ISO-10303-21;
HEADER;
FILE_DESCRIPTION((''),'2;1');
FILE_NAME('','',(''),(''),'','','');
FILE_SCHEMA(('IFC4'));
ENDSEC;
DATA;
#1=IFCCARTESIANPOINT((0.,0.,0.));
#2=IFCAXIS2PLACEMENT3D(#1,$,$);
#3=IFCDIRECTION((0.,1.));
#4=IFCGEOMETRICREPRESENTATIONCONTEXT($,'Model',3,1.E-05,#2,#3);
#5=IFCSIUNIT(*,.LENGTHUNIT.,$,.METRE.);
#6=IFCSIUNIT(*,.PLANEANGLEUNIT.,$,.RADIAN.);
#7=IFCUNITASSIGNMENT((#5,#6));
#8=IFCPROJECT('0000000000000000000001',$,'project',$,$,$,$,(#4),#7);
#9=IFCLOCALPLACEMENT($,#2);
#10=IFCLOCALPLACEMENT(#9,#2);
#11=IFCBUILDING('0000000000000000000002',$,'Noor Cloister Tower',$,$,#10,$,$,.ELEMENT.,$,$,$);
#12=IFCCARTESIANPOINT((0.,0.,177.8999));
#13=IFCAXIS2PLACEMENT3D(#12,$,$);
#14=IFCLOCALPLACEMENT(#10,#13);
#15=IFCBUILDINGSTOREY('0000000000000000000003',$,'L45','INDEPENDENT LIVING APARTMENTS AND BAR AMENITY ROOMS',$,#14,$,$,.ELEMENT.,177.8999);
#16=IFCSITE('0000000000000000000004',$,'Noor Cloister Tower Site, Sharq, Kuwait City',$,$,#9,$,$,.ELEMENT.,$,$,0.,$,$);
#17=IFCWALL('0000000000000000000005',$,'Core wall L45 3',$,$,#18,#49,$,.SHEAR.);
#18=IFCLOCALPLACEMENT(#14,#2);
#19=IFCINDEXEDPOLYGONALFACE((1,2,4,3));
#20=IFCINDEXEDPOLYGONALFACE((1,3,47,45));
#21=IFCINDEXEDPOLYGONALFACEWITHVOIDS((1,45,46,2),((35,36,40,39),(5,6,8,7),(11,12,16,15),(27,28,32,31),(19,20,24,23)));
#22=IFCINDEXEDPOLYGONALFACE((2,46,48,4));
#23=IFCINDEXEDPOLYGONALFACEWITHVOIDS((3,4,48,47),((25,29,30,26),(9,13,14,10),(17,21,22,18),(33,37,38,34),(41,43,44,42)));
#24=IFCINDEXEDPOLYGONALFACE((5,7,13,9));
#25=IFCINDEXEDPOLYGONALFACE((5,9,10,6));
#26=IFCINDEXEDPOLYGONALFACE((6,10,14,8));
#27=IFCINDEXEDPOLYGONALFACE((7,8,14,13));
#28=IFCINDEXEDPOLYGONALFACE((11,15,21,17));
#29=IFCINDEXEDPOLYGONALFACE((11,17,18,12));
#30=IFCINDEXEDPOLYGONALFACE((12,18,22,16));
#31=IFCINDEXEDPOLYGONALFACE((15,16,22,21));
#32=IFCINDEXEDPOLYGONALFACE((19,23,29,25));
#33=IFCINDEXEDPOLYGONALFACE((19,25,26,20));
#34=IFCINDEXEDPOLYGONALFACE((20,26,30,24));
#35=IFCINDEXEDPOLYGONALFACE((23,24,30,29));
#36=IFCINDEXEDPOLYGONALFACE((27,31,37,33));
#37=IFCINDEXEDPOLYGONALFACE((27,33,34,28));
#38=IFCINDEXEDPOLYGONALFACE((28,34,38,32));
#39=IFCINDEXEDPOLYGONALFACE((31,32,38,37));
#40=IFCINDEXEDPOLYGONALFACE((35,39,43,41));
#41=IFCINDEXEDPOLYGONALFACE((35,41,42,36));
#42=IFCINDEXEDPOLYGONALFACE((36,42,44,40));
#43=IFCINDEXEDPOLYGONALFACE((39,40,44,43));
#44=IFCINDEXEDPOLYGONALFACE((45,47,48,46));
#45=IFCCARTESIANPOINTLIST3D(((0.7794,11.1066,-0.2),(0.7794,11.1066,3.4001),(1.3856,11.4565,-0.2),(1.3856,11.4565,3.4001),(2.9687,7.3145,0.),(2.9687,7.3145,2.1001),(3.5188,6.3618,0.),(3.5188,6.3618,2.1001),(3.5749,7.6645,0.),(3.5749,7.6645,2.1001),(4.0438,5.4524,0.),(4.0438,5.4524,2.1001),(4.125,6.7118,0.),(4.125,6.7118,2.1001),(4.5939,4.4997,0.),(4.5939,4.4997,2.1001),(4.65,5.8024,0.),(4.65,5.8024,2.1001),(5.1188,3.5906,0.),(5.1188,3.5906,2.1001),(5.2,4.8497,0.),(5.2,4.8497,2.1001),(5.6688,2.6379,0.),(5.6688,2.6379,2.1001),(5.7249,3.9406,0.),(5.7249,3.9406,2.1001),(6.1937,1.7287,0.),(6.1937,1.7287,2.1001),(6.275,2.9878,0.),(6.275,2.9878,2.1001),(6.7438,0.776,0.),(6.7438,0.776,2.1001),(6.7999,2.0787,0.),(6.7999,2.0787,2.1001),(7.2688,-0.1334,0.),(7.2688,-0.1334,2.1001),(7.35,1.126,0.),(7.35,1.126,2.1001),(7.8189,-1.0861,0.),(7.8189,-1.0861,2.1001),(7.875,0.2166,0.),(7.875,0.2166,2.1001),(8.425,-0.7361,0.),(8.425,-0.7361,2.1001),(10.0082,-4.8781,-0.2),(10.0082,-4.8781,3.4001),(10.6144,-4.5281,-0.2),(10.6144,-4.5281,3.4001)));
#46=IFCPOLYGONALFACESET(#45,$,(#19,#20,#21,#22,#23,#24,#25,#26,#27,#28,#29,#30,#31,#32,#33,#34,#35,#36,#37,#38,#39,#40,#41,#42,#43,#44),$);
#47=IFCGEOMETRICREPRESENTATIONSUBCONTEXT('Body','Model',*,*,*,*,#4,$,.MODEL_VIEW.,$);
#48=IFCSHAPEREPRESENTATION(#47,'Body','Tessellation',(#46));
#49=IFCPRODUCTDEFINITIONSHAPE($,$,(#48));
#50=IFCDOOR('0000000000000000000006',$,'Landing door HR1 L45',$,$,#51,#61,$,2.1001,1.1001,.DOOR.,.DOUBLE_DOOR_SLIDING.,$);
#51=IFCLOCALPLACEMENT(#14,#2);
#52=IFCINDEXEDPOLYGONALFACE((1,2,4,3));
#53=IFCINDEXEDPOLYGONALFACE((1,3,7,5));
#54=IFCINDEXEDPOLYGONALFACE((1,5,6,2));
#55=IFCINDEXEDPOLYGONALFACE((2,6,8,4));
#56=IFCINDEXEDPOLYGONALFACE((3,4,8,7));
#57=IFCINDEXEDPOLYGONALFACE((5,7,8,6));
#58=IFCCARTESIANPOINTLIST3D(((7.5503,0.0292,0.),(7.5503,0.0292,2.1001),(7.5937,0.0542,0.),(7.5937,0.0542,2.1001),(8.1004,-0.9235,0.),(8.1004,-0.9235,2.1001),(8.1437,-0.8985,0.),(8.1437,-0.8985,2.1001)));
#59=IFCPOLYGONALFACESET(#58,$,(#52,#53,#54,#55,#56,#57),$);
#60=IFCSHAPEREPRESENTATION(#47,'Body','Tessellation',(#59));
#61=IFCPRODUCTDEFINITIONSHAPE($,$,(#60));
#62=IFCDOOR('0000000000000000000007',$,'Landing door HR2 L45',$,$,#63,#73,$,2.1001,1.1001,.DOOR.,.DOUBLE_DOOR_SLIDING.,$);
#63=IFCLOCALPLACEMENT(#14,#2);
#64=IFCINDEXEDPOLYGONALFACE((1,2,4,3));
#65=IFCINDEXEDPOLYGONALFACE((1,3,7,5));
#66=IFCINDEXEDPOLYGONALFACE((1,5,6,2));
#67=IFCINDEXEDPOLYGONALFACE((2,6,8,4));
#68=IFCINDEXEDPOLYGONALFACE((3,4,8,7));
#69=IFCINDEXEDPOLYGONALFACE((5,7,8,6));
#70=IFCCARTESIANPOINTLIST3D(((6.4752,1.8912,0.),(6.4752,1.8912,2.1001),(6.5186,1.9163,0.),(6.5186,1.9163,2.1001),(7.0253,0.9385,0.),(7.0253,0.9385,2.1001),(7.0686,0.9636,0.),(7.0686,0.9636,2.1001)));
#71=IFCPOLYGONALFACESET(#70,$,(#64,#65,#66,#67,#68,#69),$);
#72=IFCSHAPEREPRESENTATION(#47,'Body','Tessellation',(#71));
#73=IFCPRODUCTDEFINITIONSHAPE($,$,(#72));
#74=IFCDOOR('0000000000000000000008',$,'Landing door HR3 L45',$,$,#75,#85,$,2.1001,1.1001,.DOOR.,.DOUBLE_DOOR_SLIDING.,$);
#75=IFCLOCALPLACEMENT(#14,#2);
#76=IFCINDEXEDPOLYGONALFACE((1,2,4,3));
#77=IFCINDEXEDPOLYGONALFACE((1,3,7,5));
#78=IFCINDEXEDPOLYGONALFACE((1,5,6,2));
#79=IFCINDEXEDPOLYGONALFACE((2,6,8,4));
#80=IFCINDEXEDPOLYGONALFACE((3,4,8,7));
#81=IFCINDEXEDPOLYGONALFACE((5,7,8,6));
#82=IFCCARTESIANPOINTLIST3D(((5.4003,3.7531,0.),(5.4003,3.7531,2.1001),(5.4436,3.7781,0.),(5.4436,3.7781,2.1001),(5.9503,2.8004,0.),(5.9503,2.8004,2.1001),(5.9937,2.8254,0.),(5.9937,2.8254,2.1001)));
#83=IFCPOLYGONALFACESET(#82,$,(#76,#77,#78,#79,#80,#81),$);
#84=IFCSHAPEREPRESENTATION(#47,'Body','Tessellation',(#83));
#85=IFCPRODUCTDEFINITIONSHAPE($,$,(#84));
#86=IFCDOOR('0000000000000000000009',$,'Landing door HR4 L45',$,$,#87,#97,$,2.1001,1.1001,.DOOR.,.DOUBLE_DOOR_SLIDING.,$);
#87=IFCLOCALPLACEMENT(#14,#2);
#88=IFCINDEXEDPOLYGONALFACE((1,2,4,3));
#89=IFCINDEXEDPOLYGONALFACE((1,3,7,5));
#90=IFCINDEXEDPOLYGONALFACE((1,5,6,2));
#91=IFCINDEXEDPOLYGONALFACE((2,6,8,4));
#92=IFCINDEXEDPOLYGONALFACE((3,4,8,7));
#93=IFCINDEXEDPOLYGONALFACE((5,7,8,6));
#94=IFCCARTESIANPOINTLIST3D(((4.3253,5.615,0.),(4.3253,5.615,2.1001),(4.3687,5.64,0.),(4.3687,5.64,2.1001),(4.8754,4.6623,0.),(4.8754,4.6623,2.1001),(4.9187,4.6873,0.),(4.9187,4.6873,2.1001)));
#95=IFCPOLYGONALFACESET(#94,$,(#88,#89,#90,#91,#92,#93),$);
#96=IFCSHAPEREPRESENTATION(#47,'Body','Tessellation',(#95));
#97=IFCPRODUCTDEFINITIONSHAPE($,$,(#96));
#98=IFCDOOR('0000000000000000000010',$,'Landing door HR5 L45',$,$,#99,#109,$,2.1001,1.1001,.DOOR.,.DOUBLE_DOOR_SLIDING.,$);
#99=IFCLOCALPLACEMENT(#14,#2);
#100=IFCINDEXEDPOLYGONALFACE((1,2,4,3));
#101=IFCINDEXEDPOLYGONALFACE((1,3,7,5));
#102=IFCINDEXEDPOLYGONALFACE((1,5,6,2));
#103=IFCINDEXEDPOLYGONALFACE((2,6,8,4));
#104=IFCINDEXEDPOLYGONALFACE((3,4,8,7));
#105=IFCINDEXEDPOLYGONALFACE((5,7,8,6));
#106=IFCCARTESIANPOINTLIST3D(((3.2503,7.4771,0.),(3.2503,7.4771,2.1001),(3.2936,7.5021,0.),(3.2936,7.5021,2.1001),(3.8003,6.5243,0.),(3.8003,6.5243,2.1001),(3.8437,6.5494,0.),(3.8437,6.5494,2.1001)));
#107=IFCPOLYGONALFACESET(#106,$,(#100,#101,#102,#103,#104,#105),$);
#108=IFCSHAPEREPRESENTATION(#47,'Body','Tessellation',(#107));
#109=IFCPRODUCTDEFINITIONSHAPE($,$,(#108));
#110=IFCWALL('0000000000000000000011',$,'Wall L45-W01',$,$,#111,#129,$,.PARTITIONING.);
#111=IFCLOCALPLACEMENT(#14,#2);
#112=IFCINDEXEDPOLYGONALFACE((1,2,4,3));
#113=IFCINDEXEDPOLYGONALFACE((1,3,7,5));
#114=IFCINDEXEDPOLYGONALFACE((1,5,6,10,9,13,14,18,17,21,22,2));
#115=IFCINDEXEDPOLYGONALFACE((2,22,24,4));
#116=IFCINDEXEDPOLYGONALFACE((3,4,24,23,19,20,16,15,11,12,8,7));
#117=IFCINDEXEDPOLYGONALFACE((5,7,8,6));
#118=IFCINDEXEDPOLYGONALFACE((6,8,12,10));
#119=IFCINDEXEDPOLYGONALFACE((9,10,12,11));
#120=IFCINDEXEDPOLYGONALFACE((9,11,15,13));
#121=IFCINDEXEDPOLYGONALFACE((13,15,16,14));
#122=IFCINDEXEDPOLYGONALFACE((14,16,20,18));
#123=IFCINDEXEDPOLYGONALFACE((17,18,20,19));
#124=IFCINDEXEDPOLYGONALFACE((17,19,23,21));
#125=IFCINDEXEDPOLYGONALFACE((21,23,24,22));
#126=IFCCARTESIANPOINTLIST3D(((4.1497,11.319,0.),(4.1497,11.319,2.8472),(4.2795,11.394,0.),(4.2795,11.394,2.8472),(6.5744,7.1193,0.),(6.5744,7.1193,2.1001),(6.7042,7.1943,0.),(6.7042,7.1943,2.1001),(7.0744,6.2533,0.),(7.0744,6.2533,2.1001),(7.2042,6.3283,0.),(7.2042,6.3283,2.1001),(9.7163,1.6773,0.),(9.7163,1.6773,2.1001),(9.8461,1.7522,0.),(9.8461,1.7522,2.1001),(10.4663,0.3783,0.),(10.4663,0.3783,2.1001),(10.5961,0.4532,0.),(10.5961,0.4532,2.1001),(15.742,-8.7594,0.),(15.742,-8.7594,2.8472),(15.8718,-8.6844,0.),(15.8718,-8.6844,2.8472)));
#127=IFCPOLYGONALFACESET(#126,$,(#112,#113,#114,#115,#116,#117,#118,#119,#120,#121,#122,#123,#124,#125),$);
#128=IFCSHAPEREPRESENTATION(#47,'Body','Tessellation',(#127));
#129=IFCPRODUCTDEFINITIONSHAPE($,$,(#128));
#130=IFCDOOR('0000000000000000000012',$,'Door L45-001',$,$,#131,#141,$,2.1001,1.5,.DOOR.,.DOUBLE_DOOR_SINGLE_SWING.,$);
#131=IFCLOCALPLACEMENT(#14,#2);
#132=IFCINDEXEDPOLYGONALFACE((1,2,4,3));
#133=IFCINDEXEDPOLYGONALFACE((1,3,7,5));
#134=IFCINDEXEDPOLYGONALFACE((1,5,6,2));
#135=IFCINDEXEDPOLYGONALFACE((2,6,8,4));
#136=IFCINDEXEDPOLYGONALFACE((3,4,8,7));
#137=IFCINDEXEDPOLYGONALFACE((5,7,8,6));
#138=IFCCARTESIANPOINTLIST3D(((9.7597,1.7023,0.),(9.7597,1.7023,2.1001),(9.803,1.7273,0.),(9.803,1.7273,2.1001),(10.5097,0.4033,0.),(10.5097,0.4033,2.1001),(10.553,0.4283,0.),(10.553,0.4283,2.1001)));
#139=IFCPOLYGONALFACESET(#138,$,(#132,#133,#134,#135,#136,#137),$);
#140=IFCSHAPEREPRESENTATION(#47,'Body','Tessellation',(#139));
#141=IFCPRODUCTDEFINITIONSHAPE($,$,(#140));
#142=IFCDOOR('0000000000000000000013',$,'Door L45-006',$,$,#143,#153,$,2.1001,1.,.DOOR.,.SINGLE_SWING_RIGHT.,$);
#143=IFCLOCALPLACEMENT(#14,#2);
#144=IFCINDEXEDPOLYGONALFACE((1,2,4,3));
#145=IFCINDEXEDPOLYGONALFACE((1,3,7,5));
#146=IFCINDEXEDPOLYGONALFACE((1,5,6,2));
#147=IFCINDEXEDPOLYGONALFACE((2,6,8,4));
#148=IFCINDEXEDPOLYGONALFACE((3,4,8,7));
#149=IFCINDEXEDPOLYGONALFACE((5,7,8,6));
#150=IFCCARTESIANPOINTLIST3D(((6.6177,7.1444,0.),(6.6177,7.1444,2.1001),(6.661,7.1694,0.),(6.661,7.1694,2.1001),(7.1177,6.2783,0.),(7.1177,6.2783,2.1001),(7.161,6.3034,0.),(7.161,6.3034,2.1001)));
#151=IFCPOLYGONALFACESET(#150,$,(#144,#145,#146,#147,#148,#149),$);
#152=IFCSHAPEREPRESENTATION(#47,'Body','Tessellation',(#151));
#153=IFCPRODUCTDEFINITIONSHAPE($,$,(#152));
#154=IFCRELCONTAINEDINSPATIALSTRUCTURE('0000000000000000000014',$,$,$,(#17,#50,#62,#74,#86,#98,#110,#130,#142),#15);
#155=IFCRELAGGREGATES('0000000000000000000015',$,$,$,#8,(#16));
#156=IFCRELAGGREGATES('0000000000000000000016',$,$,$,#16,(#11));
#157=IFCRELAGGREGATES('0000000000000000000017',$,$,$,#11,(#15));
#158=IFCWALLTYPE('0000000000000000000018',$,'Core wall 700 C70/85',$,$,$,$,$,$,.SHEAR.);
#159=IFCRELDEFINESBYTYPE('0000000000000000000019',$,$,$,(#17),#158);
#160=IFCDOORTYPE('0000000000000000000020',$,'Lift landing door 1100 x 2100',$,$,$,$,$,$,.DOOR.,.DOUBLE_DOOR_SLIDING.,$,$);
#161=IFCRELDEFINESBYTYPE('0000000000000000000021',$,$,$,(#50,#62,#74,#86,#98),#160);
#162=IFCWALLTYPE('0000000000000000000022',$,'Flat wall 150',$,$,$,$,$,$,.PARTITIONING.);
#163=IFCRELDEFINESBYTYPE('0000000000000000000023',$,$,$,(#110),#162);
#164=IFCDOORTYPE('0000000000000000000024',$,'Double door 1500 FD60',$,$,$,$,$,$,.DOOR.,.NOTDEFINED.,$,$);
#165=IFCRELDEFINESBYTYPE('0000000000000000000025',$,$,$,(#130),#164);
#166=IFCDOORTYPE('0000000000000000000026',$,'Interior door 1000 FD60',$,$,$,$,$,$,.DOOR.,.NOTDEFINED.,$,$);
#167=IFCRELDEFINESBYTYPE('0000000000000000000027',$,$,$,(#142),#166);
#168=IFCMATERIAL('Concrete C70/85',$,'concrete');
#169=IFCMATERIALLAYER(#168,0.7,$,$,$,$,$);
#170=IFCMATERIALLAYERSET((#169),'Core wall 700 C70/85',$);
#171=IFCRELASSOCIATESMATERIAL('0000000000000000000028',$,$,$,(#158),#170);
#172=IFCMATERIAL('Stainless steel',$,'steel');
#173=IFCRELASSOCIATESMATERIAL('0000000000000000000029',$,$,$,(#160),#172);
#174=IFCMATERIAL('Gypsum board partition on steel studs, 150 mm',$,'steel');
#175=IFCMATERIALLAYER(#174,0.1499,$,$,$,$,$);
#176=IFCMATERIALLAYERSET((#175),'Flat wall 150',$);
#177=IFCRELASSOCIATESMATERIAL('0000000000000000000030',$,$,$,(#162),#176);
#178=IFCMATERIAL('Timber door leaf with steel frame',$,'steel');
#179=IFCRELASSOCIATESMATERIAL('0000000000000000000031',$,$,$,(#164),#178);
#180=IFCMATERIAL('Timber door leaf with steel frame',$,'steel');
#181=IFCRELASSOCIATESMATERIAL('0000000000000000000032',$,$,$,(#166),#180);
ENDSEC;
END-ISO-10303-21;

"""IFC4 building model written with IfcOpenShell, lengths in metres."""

from ifc_helpers import new_model, si_unit, direction, frame, frame_2d, origin, place, context, subcontext, project, spatial, rectangle, extrude, material, layer, layer_set, type_object, element, fill, save


model = new_model("IFC4")

# Units and contexts
model_context = context("Model", 3, precision=1e-05, world=origin(), true_north=direction((0.0, 1.0)))
body_context = subcontext(model_context, "Body", "Model", "MODEL_VIEW")
ifc_project = project(units=[si_unit("LENGTHUNIT", "METRE"), si_unit("PLANEANGLEUNIT", "RADIAN")], contexts=[model_context])

# Site, building, storey
site_placement = place(None, origin())
site = spatial("IfcSite", under=ifc_project, at=site_placement, Name="Noor Cloister Tower Site, Sharq, Kuwait City", CompositionType="ELEMENT", RefElevation=0.0)
building_placement = place(site_placement, origin())
building = spatial("IfcBuilding", under=site, at=building_placement, Name="Noor Cloister Tower", CompositionType="ELEMENT")
storey_placement = place(building_placement, frame((0.0, 0.0, 177.8999)))
storey = spatial("IfcBuildingStorey", under=building, at=storey_placement, Name="L45", Description="INDEPENDENT LIVING APARTMENTS AND BAR AMENITY ROOMS", CompositionType="ELEMENT", Elevation=177.8999)

# Shared definitions
ifc_material_1 = material(Name="Concrete C70/85", Category="concrete")
ifc_layer_1 = layer(ifc_material_1, 0.7)
ifc_layer_set_1 = layer_set([ifc_layer_1], Name="Core wall 700 C70/85")
wall_type_1 = type_object("IfcWallType", Name="Core wall 700 C70/85", PredefinedType="SHEAR", material=ifc_layer_set_1)

# Walls, openings, doors
wall_1_placement = place(storey_placement, frame((10.3113, -4.7031, -0.2), z_axis=(0.0, 0.0, 1.0), x_axis=(-0.500001, 0.866025, 0.0)))
wall_1 = element("IfcWall", 1, at=wall_1_placement, inside=storey, type_object=wall_type_1, Name="Core wall L45 3", PredefinedType="SHEAR", context=body_context, shape_type="SweptSolid", body=[
    extrude(rectangle(XDim=18.4575, YDim=0.7, at=frame_2d((9.2288, 0.0))), origin(), (0.0, 0.0, 1.0), 3.6001),
])
opening_1_placement = place(wall_1_placement, frame((4.3787, 0.0, 0.2)))
opening_1 = element("IfcOpeningElement", 2, at=opening_1_placement, cuts=wall_1, PredefinedType="OPENING", context=body_context, shape_type="SweptSolid", body=[
    extrude(rectangle(XDim=1.1001, YDim=2.1001, at=frame_2d((0.55, 1.05))), frame((0.0, 0.3599, 0.0), z_axis=(0.0, -1.0, 0.0), x_axis=(1.0, 0.0, 0.0)), (0.0, 0.0, 1.0), 0.72),
])
opening_2_placement = place(wall_1_placement, frame((6.5288, 0.0, 0.2)))
opening_2 = element("IfcOpeningElement", 3, at=opening_2_placement, cuts=wall_1, PredefinedType="OPENING", context=body_context, shape_type="SweptSolid", body=[
    extrude(rectangle(XDim=1.1001, YDim=2.1001, at=frame_2d((0.55, 1.05))), frame((0.0, 0.3599, 0.0), z_axis=(0.0, -1.0, 0.0), x_axis=(1.0, 0.0, 0.0)), (0.0, 0.0, 1.0), 0.72),
])
opening_3_placement = place(wall_1_placement, frame((8.6787, 0.0, 0.2)))
opening_3 = element("IfcOpeningElement", 4, at=opening_3_placement, cuts=wall_1, PredefinedType="OPENING", context=body_context, shape_type="SweptSolid", body=[
    extrude(rectangle(XDim=1.1001, YDim=2.1001, at=frame_2d((0.55, 1.05))), frame((0.0, 0.3599, 0.0), z_axis=(0.0, -1.0, 0.0), x_axis=(1.0, 0.0, 0.0)), (0.0, 0.0, 1.0), 0.72),
])
opening_4_placement = place(wall_1_placement, frame((10.8286, 0.0, 0.2)))
opening_4 = element("IfcOpeningElement", 5, at=opening_4_placement, cuts=wall_1, PredefinedType="OPENING", context=body_context, shape_type="SweptSolid", body=[
    extrude(rectangle(XDim=1.1001, YDim=2.1001, at=frame_2d((0.55, 1.05))), frame((0.0, 0.3599, 0.0), z_axis=(0.0, -1.0, 0.0), x_axis=(1.0, 0.0, 0.0)), (0.0, 0.0, 1.0), 0.72),
])
opening_5_placement = place(wall_1_placement, frame((12.9788, 0.0, 0.2)))
opening_5 = element("IfcOpeningElement", 6, at=opening_5_placement, cuts=wall_1, PredefinedType="OPENING", context=body_context, shape_type="SweptSolid", body=[
    extrude(rectangle(XDim=1.1001, YDim=2.1001, at=frame_2d((0.55, 1.05))), frame((0.0, 0.3599, 0.0), z_axis=(0.0, -1.0, 0.0), x_axis=(1.0, 0.0, 0.0)), (0.0, 0.0, 1.0), 0.72),
])
ifc_material_2 = material(Name="Stainless steel", Category="steel")
door_type_1 = type_object("IfcDoorType", Name="Lift landing door 1100 x 2100", OperationType="DOUBLE_DOOR_SLIDING", PredefinedType="DOOR", material=ifc_material_2)
door_1_placement = place(opening_1_placement, origin())
door_1 = element("IfcDoor", 7, at=door_1_placement, inside=storey, type_object=door_type_1, Name="Landing door HR1 L45", OperationType="DOUBLE_DOOR_SLIDING", OverallHeight=2.1001, OverallWidth=1.1001, PredefinedType="DOOR", context=body_context, shape_type="SweptSolid", body=[
    extrude(rectangle(XDim=1.1001, YDim=2.1001, at=frame_2d((0.55, 1.05))), frame((0.0, 0.0249, 0.0), z_axis=(0.0, -1.0, 0.0), x_axis=(1.0, 0.0, 0.0)), (0.0, 0.0, 1.0), 0.05),
])
fill(opening_1, door_1)
door_2_placement = place(opening_2_placement, origin())
door_2 = element("IfcDoor", 8, at=door_2_placement, inside=storey, type_object=door_type_1, Name="Landing door HR2 L45", OperationType="DOUBLE_DOOR_SLIDING", OverallHeight=2.1001, OverallWidth=1.1001, PredefinedType="DOOR", context=body_context, shape_type="SweptSolid", body=[
    extrude(rectangle(XDim=1.1001, YDim=2.1001, at=frame_2d((0.55, 1.05))), frame((0.0, 0.0249, 0.0), z_axis=(0.0, -1.0, 0.0), x_axis=(1.0, 0.0, 0.0)), (0.0, 0.0, 1.0), 0.05),
])
fill(opening_2, door_2)
door_3_placement = place(opening_3_placement, origin())
door_3 = element("IfcDoor", 9, at=door_3_placement, inside=storey, type_object=door_type_1, Name="Landing door HR3 L45", OperationType="DOUBLE_DOOR_SLIDING", OverallHeight=2.1001, OverallWidth=1.1001, PredefinedType="DOOR", context=body_context, shape_type="SweptSolid", body=[
    extrude(rectangle(XDim=1.1001, YDim=2.1001, at=frame_2d((0.55, 1.05))), frame((0.0, 0.0249, 0.0), z_axis=(0.0, -1.0, 0.0), x_axis=(1.0, 0.0, 0.0)), (0.0, 0.0, 1.0), 0.05),
])
fill(opening_3, door_3)
door_4_placement = place(opening_4_placement, origin())
door_4 = element("IfcDoor", 10, at=door_4_placement, inside=storey, type_object=door_type_1, Name="Landing door HR4 L45", OperationType="DOUBLE_DOOR_SLIDING", OverallHeight=2.1001, OverallWidth=1.1001, PredefinedType="DOOR", context=body_context, shape_type="SweptSolid", body=[
    extrude(rectangle(XDim=1.1001, YDim=2.1001, at=frame_2d((0.55, 1.05))), frame((0.0, 0.0249, 0.0), z_axis=(0.0, -1.0, 0.0), x_axis=(1.0, 0.0, 0.0)), (0.0, 0.0, 1.0), 0.05),
])
fill(opening_4, door_4)
door_5_placement = place(opening_5_placement, origin())
door_5 = element("IfcDoor", 11, at=door_5_placement, inside=storey, type_object=door_type_1, Name="Landing door HR5 L45", OperationType="DOUBLE_DOOR_SLIDING", OverallHeight=2.1001, OverallWidth=1.1001, PredefinedType="DOOR", context=body_context, shape_type="SweptSolid", body=[
    extrude(rectangle(XDim=1.1001, YDim=2.1001, at=frame_2d((0.55, 1.05))), frame((0.0, 0.0249, 0.0), z_axis=(0.0, -1.0, 0.0), x_axis=(1.0, 0.0, 0.0)), (0.0, 0.0, 1.0), 0.05),
])
fill(opening_5, door_5)
ifc_material_3 = material(Name="Gypsum board partition on steel studs, 150 mm", Category="steel")
ifc_layer_2 = layer(ifc_material_3, 0.1499)
ifc_layer_set_2 = layer_set([ifc_layer_2], Name="Flat wall 150")
wall_type_2 = type_object("IfcWallType", Name="Flat wall 150", PredefinedType="PARTITIONING", material=ifc_layer_set_2)
wall_2_placement = place(storey_placement, frame((15.8069, -8.7219, 0.0), z_axis=(0.0, 0.0, 1.0), x_axis=(-0.500001, 0.866025, 0.0)))
wall_2 = element("IfcWall", 12, at=wall_2_placement, inside=storey, type_object=wall_type_2, Name="Wall L45-W01", PredefinedType="PARTITIONING", context=body_context, shape_type="SweptSolid", body=[
    extrude(rectangle(XDim=23.1846, YDim=0.1499, at=frame_2d((11.5923, 0.0))), origin(), (0.0, 0.0, 1.0), 2.8472),
])
opening_6_placement = place(wall_2_placement, frame((10.5513, 0.0, 0.0)))
opening_6 = element("IfcOpeningElement", 13, at=opening_6_placement, cuts=wall_2, PredefinedType="OPENING", context=body_context, shape_type="SweptSolid", body=[
    extrude(rectangle(XDim=1.5, YDim=2.1001, at=frame_2d((0.75, 1.05))), frame((0.0, 0.085, 0.0), z_axis=(0.0, -1.0, 0.0), x_axis=(1.0, 0.0, 0.0)), (0.0, 0.0, 1.0), 0.1699),
])
opening_7_placement = place(wall_2_placement, frame((17.3352, 0.0, 0.0)))
opening_7 = element("IfcOpeningElement", 14, at=opening_7_placement, cuts=wall_2, PredefinedType="OPENING", context=body_context, shape_type="SweptSolid", body=[
    extrude(rectangle(XDim=1.0, YDim=2.1001, at=frame_2d((0.5, 1.05))), frame((0.0, 0.085, 0.0), z_axis=(0.0, -1.0, 0.0), x_axis=(1.0, 0.0, 0.0)), (0.0, 0.0, 1.0), 0.1699),
])
ifc_material_4 = material(Name="Timber door leaf with steel frame", Category="steel")
door_type_2 = type_object("IfcDoorType", Name="Double door 1500 FD60", OperationType="NOTDEFINED", PredefinedType="DOOR", material=ifc_material_4)
door_6_placement = place(opening_6_placement, origin())
door_6 = element("IfcDoor", 15, at=door_6_placement, inside=storey, type_object=door_type_2, Name="Door L45-001", OperationType="DOUBLE_DOOR_SINGLE_SWING", OverallHeight=2.1001, OverallWidth=1.5, PredefinedType="DOOR", context=body_context, shape_type="SweptSolid", body=[
    extrude(rectangle(XDim=1.5, YDim=2.1001, at=frame_2d((0.75, 1.05))), frame((0.0, 0.0249, 0.0), z_axis=(0.0, -1.0, 0.0), x_axis=(1.0, 0.0, 0.0)), (0.0, 0.0, 1.0), 0.05),
])
fill(opening_6, door_6)
ifc_material_5 = material(Name="Timber door leaf with steel frame", Category="steel")
door_type_3 = type_object("IfcDoorType", Name="Interior door 1000 FD60", OperationType="NOTDEFINED", PredefinedType="DOOR", material=ifc_material_5)
door_7_placement = place(opening_7_placement, origin())
door_7 = element("IfcDoor", 16, at=door_7_placement, inside=storey, type_object=door_type_3, Name="Door L45-006", OperationType="SINGLE_SWING_RIGHT", OverallHeight=2.1001, OverallWidth=1.0, PredefinedType="DOOR", context=body_context, shape_type="SweptSolid", body=[
    extrude(rectangle(XDim=1.0, YDim=2.1001, at=frame_2d((0.5, 1.05))), frame((0.0, 0.0249, 0.0), z_axis=(0.0, -1.0, 0.0), x_axis=(1.0, 0.0, 0.0)), (0.0, 0.0, 1.0), 0.05),
])
fill(opening_7, door_7)

save(model, "model.ifc")
